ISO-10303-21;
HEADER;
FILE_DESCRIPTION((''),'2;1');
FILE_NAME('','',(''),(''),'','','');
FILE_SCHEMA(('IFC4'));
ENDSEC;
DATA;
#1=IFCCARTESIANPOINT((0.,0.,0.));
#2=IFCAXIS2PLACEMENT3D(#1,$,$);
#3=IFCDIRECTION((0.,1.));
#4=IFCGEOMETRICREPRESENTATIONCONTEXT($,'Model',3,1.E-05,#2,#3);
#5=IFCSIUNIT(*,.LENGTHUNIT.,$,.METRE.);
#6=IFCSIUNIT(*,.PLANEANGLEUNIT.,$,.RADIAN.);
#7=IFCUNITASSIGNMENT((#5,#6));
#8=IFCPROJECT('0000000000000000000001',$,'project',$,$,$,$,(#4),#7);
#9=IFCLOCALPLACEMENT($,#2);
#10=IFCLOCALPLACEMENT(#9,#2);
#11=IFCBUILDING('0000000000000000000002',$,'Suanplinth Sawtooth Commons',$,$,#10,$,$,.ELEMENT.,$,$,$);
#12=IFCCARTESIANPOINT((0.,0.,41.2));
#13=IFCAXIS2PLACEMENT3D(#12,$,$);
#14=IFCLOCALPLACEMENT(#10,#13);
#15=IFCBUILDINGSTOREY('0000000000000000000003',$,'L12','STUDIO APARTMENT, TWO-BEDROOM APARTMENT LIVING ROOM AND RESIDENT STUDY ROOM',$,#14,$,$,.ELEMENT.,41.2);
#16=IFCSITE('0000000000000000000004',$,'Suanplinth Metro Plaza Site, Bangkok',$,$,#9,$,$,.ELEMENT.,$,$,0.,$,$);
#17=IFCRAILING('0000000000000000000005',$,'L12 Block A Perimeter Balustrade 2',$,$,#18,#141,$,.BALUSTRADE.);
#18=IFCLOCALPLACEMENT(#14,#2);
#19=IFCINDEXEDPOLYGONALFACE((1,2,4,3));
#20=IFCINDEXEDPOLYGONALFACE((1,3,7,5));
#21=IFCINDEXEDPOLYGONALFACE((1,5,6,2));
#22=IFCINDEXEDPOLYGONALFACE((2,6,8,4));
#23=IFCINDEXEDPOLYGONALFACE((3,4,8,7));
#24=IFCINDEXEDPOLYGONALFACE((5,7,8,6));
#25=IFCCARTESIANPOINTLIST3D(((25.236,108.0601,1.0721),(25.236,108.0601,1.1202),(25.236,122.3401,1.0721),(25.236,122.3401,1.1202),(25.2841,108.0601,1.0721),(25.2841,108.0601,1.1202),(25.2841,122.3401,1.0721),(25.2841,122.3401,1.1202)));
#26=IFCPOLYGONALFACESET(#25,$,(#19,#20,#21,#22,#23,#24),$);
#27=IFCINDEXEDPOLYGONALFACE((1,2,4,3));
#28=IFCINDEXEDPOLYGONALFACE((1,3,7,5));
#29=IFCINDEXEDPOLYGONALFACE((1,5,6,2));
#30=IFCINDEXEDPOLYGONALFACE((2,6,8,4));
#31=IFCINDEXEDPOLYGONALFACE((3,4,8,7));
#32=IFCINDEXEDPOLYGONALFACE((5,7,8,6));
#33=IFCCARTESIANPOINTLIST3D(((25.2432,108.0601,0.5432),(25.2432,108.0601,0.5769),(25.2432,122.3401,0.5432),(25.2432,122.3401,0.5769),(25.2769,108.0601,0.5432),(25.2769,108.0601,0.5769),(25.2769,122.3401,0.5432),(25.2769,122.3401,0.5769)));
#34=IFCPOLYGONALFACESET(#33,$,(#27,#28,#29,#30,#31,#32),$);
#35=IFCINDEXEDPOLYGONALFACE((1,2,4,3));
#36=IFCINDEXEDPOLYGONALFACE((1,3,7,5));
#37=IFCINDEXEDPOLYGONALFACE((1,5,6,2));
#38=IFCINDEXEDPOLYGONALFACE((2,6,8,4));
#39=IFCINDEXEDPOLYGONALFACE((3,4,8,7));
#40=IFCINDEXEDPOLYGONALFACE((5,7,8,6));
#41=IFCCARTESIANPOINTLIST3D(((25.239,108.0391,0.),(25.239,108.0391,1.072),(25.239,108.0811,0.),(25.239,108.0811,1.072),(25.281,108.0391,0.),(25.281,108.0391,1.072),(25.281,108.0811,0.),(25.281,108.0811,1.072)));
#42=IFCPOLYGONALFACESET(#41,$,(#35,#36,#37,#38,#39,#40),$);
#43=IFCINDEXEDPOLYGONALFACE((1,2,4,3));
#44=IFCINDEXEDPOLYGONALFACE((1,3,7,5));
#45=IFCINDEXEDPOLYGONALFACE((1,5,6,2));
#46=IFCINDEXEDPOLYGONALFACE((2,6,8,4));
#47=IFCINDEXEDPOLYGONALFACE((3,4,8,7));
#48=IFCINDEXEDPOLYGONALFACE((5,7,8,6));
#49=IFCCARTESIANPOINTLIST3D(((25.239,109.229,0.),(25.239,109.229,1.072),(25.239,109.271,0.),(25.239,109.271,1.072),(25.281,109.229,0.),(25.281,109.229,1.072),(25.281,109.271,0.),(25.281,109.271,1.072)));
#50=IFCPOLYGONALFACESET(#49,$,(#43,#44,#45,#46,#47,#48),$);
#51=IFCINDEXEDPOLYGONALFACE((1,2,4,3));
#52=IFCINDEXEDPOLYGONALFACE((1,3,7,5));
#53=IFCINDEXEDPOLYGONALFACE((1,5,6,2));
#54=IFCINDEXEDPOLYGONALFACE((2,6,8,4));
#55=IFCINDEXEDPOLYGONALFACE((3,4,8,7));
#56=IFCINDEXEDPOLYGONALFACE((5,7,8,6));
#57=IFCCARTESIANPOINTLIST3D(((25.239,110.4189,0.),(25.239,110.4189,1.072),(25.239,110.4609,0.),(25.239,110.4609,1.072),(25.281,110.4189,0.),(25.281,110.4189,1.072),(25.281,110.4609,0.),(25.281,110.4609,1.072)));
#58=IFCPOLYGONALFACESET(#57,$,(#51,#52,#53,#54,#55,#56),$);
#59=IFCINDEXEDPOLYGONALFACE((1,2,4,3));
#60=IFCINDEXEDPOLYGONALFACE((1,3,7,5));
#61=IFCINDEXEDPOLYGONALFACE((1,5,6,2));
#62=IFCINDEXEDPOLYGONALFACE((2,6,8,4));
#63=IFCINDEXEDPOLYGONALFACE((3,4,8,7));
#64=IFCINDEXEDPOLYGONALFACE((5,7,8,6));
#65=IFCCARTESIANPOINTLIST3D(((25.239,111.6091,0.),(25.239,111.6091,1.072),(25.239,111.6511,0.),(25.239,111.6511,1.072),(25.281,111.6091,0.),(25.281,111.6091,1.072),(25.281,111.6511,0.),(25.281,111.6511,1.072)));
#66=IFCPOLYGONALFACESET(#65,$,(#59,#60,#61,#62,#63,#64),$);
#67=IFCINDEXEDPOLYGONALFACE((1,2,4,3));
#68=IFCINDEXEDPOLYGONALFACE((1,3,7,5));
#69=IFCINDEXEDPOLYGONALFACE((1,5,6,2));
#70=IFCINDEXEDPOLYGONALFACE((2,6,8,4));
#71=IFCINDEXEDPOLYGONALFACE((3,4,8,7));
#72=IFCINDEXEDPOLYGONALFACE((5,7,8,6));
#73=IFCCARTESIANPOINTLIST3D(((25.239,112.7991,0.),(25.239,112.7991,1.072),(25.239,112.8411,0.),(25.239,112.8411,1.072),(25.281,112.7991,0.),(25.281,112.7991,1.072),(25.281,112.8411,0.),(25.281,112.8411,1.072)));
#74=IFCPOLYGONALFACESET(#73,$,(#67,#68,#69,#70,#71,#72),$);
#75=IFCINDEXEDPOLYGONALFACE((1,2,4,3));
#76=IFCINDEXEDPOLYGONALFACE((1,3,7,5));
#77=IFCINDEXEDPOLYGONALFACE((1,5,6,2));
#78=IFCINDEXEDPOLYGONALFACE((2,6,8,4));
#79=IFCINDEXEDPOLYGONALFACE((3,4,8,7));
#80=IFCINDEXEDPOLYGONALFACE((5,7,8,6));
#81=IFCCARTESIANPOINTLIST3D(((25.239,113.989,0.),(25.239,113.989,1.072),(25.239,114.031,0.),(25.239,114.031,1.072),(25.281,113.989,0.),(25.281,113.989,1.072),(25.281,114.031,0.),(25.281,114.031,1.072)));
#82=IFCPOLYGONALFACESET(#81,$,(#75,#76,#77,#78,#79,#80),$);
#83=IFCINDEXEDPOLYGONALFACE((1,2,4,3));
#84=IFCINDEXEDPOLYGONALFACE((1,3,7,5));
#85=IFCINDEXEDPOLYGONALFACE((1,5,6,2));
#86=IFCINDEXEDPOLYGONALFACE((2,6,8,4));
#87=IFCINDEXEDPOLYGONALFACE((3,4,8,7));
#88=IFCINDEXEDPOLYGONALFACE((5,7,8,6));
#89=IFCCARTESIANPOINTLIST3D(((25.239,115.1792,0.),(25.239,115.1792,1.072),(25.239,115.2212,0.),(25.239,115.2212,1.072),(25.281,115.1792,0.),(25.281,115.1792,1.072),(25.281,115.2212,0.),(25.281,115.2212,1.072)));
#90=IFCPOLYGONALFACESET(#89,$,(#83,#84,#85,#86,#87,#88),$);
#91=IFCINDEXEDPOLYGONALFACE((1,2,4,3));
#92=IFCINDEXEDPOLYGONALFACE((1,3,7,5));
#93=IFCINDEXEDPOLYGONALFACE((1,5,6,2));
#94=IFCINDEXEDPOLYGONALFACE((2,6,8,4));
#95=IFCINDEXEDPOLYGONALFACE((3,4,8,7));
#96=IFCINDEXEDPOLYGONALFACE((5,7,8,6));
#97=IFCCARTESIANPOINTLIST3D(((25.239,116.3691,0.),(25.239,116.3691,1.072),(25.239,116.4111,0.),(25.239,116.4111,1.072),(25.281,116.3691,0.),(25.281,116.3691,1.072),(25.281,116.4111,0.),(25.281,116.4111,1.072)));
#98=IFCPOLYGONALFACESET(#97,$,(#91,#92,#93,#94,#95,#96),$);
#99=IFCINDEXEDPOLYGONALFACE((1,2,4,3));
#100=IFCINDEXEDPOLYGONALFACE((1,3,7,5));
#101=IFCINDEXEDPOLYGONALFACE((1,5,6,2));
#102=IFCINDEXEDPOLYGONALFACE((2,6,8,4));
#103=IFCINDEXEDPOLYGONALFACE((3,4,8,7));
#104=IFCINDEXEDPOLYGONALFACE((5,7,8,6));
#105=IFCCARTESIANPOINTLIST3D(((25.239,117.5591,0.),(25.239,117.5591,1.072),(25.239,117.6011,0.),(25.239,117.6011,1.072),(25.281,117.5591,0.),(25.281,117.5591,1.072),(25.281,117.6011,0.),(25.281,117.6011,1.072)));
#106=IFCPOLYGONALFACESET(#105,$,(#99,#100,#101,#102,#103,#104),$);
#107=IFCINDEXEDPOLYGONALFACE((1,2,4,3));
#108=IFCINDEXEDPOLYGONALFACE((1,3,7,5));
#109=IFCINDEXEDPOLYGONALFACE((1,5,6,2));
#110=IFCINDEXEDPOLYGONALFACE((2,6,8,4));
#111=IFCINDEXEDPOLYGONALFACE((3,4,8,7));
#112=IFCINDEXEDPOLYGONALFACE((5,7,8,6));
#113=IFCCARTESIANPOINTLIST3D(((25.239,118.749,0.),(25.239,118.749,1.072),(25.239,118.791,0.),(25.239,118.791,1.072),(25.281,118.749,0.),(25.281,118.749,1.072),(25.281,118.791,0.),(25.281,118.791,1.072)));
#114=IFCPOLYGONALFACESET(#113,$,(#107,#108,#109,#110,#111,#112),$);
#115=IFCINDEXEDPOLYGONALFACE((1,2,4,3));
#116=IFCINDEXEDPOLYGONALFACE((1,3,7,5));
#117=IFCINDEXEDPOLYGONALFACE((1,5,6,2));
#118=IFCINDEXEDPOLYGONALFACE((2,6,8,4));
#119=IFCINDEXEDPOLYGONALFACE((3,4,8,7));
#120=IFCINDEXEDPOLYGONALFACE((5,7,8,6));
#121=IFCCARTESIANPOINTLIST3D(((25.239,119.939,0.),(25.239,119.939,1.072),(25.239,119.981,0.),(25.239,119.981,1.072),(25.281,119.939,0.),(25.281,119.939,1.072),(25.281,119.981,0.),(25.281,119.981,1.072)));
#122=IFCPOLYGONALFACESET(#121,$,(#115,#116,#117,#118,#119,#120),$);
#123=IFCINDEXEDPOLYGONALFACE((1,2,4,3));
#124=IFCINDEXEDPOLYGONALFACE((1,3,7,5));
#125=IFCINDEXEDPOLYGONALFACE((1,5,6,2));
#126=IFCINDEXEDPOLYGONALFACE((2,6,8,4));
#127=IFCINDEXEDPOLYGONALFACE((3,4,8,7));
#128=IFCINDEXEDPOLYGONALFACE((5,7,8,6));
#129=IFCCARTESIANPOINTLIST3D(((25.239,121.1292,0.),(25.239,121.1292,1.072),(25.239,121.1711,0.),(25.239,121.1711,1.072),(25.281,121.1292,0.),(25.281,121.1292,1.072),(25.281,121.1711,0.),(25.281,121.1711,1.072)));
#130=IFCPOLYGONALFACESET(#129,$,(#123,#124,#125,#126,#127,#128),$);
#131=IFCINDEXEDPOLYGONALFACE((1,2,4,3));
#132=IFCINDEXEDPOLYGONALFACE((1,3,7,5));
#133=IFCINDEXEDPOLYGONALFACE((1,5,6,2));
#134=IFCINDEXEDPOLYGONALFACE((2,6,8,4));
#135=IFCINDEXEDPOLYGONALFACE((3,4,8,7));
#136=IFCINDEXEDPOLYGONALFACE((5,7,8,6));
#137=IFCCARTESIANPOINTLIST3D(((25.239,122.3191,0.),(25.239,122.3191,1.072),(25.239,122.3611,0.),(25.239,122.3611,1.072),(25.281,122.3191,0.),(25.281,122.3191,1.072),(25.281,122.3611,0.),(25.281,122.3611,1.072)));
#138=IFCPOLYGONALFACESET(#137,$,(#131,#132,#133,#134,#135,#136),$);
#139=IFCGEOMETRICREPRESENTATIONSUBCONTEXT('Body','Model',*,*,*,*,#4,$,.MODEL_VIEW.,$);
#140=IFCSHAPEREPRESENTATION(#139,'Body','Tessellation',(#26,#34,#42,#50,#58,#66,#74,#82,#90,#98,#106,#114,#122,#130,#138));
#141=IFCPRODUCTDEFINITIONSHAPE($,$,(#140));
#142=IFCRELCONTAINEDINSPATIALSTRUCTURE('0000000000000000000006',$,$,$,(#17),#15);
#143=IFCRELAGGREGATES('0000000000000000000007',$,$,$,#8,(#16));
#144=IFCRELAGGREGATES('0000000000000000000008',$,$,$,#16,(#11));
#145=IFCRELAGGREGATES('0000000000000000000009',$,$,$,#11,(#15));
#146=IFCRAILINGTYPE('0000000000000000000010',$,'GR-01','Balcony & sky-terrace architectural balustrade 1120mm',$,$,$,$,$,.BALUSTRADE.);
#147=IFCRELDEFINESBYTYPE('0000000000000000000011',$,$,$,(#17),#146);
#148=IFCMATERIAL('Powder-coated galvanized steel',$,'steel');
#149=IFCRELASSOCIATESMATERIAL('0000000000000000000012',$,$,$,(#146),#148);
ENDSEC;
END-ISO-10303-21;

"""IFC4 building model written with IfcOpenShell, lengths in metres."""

from ifc_helpers import new_model, si_unit, direction, frame, origin, origin_2d, place, context, subcontext, project, spatial, rectangle, extrude, material, type_object, element, save


model = new_model("IFC4")

# Units and contexts
model_context = context("Model", 3, precision=1e-05, world=origin(), true_north=direction((0.0, 1.0)))
body_context = subcontext(model_context, "Body", "Model", "MODEL_VIEW")
ifc_project = project(units=[si_unit("LENGTHUNIT", "METRE"), si_unit("PLANEANGLEUNIT", "RADIAN")], contexts=[model_context])

# Site, building, storey
site_placement = place(None, origin())
site = spatial("IfcSite", under=ifc_project, at=site_placement, Name="Suanplinth Metro Plaza Site, Bangkok", CompositionType="ELEMENT", RefElevation=0.0)
building_placement = place(site_placement, origin())
building = spatial("IfcBuilding", under=site, at=building_placement, Name="Suanplinth Sawtooth Commons", CompositionType="ELEMENT")
storey_placement = place(building_placement, frame((0.0, 0.0, 41.2)))
storey = spatial("IfcBuildingStorey", under=building, at=storey_placement, Name="L12", Description="STUDIO APARTMENT, TWO-BEDROOM APARTMENT LIVING ROOM AND RESIDENT STUDY ROOM", CompositionType="ELEMENT", Elevation=41.2)

# Railing
ifc_material_1 = material(Name="Powder-coated galvanized steel", Category="steel")
railing_type = type_object("IfcRailingType", Name="GR-01", Description="Balcony & sky-terrace architectural balustrade 1120mm", PredefinedType="BALUSTRADE", material=ifc_material_1)
railing_1_placement = place(storey_placement, frame((25.26, 108.0601, 0.0)))
element("IfcRailing", 1, at=railing_1_placement, inside=storey, type_object=railing_type, Name="L12 Block A Perimeter Balustrade 2", PredefinedType="BALUSTRADE", context=body_context, shape_type="SweptSolid", body=[
    extrude(rectangle(XDim=0.0481, YDim=0.0481, at=origin_2d()), frame((0.0, 0.0, 1.0962), z_axis=(0.0, 1.0, 0.0), x_axis=(-1.0, 0.0, 0.0)), (0.0, 0.0, 1.0), 14.28),
    extrude(rectangle(XDim=0.0337, YDim=0.0337, at=origin_2d()), frame((0.0, 0.0, 0.5601), z_axis=(0.0, 1.0, 0.0), x_axis=(-1.0, 0.0, 0.0)), (0.0, 0.0, 1.0), 14.28),
    extrude(rectangle(XDim=0.042, YDim=0.042, at=origin_2d()), origin(), (0.0, 0.0, 1.0), 1.072),
    extrude(rectangle(XDim=0.042, YDim=0.042, at=origin_2d()), frame((0.0, 1.1899, 0.0)), (0.0, 0.0, 1.0), 1.072),
    extrude(rectangle(XDim=0.042, YDim=0.042, at=origin_2d()), frame((0.0, 2.3799, 0.0)), (0.0, 0.0, 1.0), 1.072),
    extrude(rectangle(XDim=0.042, YDim=0.042, at=origin_2d()), frame((0.0, 3.5701, 0.0)), (0.0, 0.0, 1.0), 1.072),
    extrude(rectangle(XDim=0.042, YDim=0.042, at=origin_2d()), frame((0.0, 4.76, 0.0)), (0.0, 0.0, 1.0), 1.072),
    extrude(rectangle(XDim=0.042, YDim=0.042, at=origin_2d()), frame((0.0, 5.95, 0.0)), (0.0, 0.0, 1.0), 1.072),
    extrude(rectangle(XDim=0.042, YDim=0.042, at=origin_2d()), frame((0.0, 7.1401, 0.0)), (0.0, 0.0, 1.0), 1.072),
    extrude(rectangle(XDim=0.042, YDim=0.042, at=origin_2d()), frame((0.0, 8.3301, 0.0)), (0.0, 0.0, 1.0), 1.072),
    extrude(rectangle(XDim=0.042, YDim=0.042, at=origin_2d()), frame((0.0, 9.52, 0.0)), (0.0, 0.0, 1.0), 1.072),
    extrude(rectangle(XDim=0.042, YDim=0.042, at=origin_2d()), frame((0.0, 10.71, 0.0)), (0.0, 0.0, 1.0), 1.072),
    extrude(rectangle(XDim=0.042, YDim=0.042, at=origin_2d()), frame((0.0, 11.8999, 0.0)), (0.0, 0.0, 1.0), 1.072),
    extrude(rectangle(XDim=0.042, YDim=0.042, at=origin_2d()), frame((0.0, 13.0901, 0.0)), (0.0, 0.0, 1.0), 1.072),
    extrude(rectangle(XDim=0.042, YDim=0.042, at=origin_2d()), frame((0.0, 14.28, 0.0)), (0.0, 0.0, 1.0), 1.072),
])

save(model, "model.ifc")
